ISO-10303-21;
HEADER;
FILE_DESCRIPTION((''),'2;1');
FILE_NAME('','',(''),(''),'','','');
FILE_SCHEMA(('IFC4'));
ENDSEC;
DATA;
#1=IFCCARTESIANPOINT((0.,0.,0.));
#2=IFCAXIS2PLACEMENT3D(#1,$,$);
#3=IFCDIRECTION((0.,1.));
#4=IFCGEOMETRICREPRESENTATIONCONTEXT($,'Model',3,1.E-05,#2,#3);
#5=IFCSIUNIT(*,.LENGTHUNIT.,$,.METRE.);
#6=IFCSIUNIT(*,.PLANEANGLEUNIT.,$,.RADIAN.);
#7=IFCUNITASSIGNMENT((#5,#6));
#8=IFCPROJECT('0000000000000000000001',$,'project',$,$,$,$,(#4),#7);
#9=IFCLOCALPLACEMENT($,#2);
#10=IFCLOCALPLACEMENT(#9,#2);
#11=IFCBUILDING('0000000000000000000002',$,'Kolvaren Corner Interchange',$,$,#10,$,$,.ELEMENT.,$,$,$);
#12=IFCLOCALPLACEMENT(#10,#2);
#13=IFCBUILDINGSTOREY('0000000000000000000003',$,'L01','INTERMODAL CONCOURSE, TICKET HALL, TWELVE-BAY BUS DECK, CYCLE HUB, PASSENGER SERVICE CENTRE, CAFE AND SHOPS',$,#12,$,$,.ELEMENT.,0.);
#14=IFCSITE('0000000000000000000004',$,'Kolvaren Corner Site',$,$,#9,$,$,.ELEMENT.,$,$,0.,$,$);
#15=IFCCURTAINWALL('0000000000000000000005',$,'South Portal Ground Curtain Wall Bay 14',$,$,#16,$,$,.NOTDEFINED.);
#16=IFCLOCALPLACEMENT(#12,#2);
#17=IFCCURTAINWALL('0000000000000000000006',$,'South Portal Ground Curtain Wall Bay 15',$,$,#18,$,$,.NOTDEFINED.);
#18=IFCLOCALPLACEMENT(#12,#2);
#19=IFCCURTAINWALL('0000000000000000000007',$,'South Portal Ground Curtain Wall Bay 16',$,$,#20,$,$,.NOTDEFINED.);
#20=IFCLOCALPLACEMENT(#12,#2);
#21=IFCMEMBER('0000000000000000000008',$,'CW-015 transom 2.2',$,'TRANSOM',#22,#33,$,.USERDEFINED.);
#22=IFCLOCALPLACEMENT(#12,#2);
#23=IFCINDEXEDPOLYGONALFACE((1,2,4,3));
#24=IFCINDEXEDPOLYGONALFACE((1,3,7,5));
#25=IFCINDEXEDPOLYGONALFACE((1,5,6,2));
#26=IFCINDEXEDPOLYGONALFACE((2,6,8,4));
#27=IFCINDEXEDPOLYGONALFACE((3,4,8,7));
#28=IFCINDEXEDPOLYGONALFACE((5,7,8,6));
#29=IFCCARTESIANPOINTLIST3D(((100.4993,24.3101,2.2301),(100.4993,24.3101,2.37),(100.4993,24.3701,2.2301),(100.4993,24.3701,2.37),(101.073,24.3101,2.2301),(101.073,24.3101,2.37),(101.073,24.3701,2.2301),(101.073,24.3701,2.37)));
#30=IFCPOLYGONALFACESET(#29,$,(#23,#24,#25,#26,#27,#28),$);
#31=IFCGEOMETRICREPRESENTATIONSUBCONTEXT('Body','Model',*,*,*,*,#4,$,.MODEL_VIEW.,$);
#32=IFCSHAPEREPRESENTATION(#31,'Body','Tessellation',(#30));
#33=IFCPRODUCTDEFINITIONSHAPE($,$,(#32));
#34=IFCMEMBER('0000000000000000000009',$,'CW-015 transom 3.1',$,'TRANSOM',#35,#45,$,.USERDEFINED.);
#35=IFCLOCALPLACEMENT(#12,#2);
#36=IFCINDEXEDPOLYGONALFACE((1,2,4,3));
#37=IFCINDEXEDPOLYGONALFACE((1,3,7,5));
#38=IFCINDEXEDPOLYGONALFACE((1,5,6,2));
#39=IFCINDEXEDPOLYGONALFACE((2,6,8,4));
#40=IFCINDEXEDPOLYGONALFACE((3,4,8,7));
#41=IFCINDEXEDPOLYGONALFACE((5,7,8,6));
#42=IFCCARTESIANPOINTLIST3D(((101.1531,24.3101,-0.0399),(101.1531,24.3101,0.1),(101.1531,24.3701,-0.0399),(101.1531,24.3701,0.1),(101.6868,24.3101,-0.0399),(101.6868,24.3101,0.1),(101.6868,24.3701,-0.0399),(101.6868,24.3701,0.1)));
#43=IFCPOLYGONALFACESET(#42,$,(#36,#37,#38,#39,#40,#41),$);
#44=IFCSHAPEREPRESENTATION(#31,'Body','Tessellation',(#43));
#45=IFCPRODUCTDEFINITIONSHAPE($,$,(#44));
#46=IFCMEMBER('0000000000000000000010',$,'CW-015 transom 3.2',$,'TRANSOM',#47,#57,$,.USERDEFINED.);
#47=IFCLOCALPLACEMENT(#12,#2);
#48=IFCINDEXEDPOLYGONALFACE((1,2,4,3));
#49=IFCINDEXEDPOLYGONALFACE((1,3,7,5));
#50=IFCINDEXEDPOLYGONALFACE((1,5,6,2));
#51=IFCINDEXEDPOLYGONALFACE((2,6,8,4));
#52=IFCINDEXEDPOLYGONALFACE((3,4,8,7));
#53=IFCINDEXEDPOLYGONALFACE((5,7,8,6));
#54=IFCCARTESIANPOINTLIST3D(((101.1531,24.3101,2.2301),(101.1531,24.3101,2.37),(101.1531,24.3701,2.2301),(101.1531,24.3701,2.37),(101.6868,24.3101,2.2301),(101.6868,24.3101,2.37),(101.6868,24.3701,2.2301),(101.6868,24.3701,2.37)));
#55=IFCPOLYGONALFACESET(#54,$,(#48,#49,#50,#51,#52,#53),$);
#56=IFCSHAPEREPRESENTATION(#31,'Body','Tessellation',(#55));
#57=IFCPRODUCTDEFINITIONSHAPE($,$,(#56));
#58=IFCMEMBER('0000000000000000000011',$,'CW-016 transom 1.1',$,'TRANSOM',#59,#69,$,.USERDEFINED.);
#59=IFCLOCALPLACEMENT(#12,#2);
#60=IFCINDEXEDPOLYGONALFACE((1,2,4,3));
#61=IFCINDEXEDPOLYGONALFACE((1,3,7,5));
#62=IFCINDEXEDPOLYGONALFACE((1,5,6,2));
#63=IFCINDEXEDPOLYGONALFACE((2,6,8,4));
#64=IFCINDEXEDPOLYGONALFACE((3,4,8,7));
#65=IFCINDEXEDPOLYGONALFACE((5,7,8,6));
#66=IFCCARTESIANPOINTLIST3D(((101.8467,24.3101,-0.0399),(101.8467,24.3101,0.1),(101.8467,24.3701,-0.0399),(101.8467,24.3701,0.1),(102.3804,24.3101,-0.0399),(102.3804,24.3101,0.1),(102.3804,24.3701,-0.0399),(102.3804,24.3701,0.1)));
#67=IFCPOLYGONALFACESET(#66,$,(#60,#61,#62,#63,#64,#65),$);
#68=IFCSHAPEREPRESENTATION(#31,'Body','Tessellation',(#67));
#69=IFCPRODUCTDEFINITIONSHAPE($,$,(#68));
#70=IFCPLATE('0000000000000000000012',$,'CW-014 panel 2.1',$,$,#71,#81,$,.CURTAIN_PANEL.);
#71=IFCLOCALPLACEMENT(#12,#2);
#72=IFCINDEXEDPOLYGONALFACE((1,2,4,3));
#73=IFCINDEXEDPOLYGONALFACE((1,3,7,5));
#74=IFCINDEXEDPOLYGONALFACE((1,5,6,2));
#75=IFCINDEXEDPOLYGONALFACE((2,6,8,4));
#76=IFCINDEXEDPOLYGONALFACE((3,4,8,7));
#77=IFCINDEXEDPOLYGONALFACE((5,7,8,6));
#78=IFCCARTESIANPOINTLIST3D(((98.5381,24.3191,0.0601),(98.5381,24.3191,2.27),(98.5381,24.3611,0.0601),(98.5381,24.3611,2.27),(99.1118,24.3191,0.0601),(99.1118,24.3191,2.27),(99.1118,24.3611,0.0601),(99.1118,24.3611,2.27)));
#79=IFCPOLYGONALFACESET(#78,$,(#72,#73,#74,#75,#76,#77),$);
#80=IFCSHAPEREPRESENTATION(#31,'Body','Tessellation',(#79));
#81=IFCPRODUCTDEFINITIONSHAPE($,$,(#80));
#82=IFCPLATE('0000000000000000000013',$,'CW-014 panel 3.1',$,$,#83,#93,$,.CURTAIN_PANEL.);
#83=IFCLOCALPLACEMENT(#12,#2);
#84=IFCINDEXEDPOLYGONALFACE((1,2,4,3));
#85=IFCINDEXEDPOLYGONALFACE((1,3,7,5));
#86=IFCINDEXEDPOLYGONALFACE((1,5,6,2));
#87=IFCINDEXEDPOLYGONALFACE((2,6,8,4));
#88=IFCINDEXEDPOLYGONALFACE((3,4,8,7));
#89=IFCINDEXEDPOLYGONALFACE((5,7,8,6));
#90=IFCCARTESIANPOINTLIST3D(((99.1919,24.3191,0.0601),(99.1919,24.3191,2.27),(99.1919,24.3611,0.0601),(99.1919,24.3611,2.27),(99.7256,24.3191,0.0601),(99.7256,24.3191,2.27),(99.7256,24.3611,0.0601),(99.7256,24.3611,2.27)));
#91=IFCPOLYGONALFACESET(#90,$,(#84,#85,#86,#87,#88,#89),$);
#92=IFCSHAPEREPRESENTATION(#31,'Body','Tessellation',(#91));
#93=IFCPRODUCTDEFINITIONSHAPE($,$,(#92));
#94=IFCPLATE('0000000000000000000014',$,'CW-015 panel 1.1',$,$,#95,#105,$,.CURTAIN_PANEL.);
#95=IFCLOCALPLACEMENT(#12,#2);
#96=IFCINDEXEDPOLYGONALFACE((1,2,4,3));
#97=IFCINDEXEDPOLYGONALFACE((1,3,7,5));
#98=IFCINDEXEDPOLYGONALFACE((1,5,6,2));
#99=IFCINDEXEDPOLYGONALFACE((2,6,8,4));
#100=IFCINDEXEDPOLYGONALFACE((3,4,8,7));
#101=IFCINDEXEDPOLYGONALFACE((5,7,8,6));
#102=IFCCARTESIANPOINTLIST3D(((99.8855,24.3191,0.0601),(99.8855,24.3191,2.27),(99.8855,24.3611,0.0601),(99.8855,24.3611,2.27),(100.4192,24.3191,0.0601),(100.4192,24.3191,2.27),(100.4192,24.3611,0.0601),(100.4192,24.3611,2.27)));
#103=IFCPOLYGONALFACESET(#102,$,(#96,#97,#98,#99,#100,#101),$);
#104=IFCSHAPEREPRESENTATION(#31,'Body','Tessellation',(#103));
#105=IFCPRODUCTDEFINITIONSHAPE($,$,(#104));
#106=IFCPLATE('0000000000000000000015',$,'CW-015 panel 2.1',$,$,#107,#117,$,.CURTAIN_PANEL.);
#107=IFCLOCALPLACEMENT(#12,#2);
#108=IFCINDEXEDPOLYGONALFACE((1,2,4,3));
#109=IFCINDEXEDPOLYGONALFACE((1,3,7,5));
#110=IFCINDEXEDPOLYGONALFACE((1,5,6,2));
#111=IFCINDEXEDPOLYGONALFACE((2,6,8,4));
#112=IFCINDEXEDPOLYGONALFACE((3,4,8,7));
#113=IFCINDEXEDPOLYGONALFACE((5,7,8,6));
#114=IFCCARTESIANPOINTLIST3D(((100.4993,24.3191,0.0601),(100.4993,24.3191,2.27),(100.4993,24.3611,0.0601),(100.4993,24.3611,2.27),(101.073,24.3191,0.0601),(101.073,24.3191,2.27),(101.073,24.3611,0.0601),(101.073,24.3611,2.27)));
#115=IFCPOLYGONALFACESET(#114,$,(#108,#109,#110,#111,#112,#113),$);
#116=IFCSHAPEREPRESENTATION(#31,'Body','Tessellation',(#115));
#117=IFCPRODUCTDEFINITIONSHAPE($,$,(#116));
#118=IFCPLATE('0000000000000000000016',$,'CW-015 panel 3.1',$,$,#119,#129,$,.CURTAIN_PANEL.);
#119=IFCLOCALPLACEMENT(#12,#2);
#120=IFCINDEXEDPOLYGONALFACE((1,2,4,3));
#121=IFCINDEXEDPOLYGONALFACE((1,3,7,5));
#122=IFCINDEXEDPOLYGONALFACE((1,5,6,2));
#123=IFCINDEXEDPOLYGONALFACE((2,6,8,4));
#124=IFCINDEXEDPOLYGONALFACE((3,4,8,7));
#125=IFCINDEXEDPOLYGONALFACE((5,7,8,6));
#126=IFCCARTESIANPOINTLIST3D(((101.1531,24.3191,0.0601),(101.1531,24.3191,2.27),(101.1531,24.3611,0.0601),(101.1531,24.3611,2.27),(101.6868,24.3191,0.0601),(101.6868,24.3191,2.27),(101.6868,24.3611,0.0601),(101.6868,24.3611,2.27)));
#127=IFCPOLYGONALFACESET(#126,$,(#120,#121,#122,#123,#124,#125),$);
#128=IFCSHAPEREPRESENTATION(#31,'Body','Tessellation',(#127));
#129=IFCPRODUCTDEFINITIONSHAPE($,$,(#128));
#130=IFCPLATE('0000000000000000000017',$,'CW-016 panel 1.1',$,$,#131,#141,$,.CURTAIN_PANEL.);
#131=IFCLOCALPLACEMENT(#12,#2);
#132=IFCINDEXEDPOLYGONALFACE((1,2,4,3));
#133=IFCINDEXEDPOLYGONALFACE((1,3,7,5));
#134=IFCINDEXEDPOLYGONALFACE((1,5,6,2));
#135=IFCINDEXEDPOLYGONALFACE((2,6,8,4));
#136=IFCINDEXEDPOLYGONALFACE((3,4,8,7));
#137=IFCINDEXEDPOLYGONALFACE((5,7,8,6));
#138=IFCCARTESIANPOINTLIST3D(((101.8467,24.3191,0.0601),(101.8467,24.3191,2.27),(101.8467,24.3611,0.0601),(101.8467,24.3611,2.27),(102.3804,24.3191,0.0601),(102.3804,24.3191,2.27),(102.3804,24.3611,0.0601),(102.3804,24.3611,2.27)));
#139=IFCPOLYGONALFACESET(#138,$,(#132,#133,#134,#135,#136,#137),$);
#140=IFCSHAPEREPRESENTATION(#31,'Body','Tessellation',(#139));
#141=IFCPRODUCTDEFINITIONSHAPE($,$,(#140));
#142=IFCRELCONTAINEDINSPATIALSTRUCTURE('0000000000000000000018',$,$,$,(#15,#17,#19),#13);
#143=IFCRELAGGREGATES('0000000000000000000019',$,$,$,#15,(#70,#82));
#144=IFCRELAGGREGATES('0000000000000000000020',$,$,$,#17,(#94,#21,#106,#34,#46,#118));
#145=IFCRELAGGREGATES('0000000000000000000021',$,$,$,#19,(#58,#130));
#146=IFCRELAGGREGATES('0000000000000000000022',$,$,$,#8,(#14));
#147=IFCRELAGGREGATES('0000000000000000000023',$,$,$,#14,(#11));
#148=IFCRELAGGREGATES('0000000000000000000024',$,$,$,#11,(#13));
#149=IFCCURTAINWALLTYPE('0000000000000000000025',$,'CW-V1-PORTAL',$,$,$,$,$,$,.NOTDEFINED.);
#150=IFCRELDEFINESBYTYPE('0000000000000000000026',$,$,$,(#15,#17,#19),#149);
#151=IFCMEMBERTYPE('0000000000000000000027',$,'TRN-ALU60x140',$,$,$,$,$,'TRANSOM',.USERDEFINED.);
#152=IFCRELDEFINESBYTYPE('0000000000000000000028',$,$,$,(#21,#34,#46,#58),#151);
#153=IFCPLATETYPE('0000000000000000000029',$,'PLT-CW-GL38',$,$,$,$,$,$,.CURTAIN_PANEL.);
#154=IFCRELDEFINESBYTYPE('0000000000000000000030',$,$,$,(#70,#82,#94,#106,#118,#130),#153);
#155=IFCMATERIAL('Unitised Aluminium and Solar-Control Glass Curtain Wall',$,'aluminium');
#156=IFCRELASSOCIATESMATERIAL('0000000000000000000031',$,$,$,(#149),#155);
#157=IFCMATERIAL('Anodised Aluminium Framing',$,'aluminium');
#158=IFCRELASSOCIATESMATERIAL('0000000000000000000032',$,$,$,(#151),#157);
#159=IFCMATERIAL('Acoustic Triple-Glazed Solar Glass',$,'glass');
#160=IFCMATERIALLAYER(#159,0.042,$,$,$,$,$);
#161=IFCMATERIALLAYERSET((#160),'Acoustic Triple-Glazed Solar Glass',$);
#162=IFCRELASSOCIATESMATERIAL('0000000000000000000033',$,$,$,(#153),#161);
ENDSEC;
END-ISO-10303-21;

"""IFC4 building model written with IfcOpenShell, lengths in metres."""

from ifc_helpers import new_model, si_unit, direction, frame, origin, origin_2d, place, context, subcontext, project, spatial, rectangle, extrude, material, layer, layer_set, material_profile, profile_set, type_object, element, aggregate, save


model = new_model("IFC4")

# Units and contexts
model_context = context("Model", 3, precision=1e-05, world=origin(), true_north=direction((0.0, 1.0)))
body_context = subcontext(model_context, "Body", "Model", "MODEL_VIEW")
ifc_project = project(units=[si_unit("LENGTHUNIT", "METRE"), si_unit("PLANEANGLEUNIT", "RADIAN")], contexts=[model_context])

# Site, building, storey
site_placement = place(None, origin())
site = spatial("IfcSite", under=ifc_project, at=site_placement, Name="Kolvaren Corner Site", CompositionType="ELEMENT", RefElevation=0.0)
building_placement = place(site_placement, origin())
building = spatial("IfcBuilding", under=site, at=building_placement, Name="Kolvaren Corner Interchange", CompositionType="ELEMENT")
storey_placement = place(building_placement, origin())
storey = spatial("IfcBuildingStorey", under=building, at=storey_placement, Name="L01", Description="INTERMODAL CONCOURSE, TICKET HALL, TWELVE-BAY BUS DECK, CYCLE HUB, PASSENGER SERVICE CENTRE, CAFE AND SHOPS", CompositionType="ELEMENT", Elevation=0.0)

# Curtain walls
ifc_material_1 = material(Name="Unitised Aluminium and Solar-Control Glass Curtain Wall", Category="aluminium")
curtain_wall_type = type_object("IfcCurtainWallType", Name="CW-V1-PORTAL", PredefinedType="NOTDEFINED", material=ifc_material_1)
curtain_wall_1_placement = place(storey_placement, origin())
curtain_wall_1 = element("IfcCurtainWall", 1, at=curtain_wall_1_placement, inside=storey, type_object=curtain_wall_type, Name="South Portal Ground Curtain Wall Bay 14", PredefinedType="NOTDEFINED")
curtain_wall_2_placement = place(storey_placement, origin())
curtain_wall_2 = element("IfcCurtainWall", 2, at=curtain_wall_2_placement, inside=storey, type_object=curtain_wall_type, Name="South Portal Ground Curtain Wall Bay 15", PredefinedType="NOTDEFINED")

# Curtain wall
curtain_wall_3_placement = place(storey_placement, origin())
curtain_wall_3 = element("IfcCurtainWall", 3, at=curtain_wall_3_placement, inside=storey, type_object=curtain_wall_type, Name="South Portal Ground Curtain Wall Bay 16", PredefinedType="NOTDEFINED")

# Members
ifc_material_2 = material(Name="Anodised Aluminium Framing", Category="aluminium")
ifc_material_profile_1 = material_profile(ifc_material_2, rectangle(XDim=0.0601, YDim=0.1399, at=origin_2d()), Name="ALU 60x140")
ifc_profile_set_1 = profile_set([ifc_material_profile_1], Name="Anodised Aluminium Framing")
member_type_1 = type_object("IfcMemberType", Name="TRN-ALU60x140", ElementType="TRANSOM", PredefinedType="USERDEFINED", material=ifc_profile_set_1)
member_1_placement = place(storey_placement, frame((100.4993, 24.3401, 2.3), z_axis=(1.0, 0.0, 0.0), x_axis=(0.0, 1.0, 0.0)))
member_1 = element("IfcMember", 4, at=member_1_placement, type_object=member_type_1, Name="CW-015 transom 2.2", ObjectType="TRANSOM", PredefinedType="USERDEFINED", context=body_context, shape_type="SweptSolid", body=[
    extrude(rectangle(XDim=0.0601, YDim=0.1399, at=origin_2d()), origin(), (0.0, 0.0, 1.0), 0.5737),
])
member_2_placement = place(storey_placement, frame((101.1531, 24.3401, 0.03), z_axis=(1.0, 0.0, 0.0), x_axis=(0.0, 1.0, 0.0)))
member_2 = element("IfcMember", 5, at=member_2_placement, type_object=member_type_1, Name="CW-015 transom 3.1", ObjectType="TRANSOM", PredefinedType="USERDEFINED", context=body_context, shape_type="SweptSolid", body=[
    extrude(rectangle(XDim=0.0601, YDim=0.1399, at=origin_2d()), origin(), (0.0, 0.0, 1.0), 0.5337),
])
member_3_placement = place(storey_placement, frame((101.1531, 24.3401, 2.3), z_axis=(1.0, 0.0, 0.0), x_axis=(0.0, 1.0, 0.0)))
member_3 = element("IfcMember", 6, at=member_3_placement, type_object=member_type_1, Name="CW-015 transom 3.2", ObjectType="TRANSOM", PredefinedType="USERDEFINED", context=body_context, shape_type="SweptSolid", body=[
    extrude(rectangle(XDim=0.0601, YDim=0.1399, at=origin_2d()), origin(), (0.0, 0.0, 1.0), 0.5337),
])
member_4_placement = place(storey_placement, frame((101.8467, 24.3401, 0.03), z_axis=(1.0, 0.0, 0.0), x_axis=(0.0, 1.0, 0.0)))
member_4 = element("IfcMember", 7, at=member_4_placement, type_object=member_type_1, Name="CW-016 transom 1.1", ObjectType="TRANSOM", PredefinedType="USERDEFINED", context=body_context, shape_type="SweptSolid", body=[
    extrude(rectangle(XDim=0.0601, YDim=0.1399, at=origin_2d()), origin(), (0.0, 0.0, 1.0), 0.5337),
])

# Plates
ifc_material_3 = material(Name="Acoustic Triple-Glazed Solar Glass", Category="glass")
ifc_layer = layer(ifc_material_3, 0.042)
ifc_layer_set = layer_set([ifc_layer], Name="Acoustic Triple-Glazed Solar Glass")
plate_type = type_object("IfcPlateType", Name="PLT-CW-GL38", PredefinedType="CURTAIN_PANEL", material=ifc_layer_set)
plate_1_placement = place(storey_placement, frame((98.825, 24.3401, 0.0601), z_axis=(0.0, 0.0, 1.0), x_axis=(1.0, 0.0, 0.0)))
plate_1 = element("IfcPlate", 8, at=plate_1_placement, type_object=plate_type, Name="CW-014 panel 2.1", PredefinedType="CURTAIN_PANEL", context=body_context, shape_type="SweptSolid", body=[
    extrude(rectangle(XDim=0.5737, YDim=0.042, at=origin_2d()), origin(), (0.0, 0.0, 1.0), 2.21),
])
plate_2_placement = place(storey_placement, frame((99.4587, 24.3401, 0.0601), z_axis=(0.0, 0.0, 1.0), x_axis=(1.0, 0.0, 0.0)))
plate_2 = element("IfcPlate", 9, at=plate_2_placement, type_object=plate_type, Name="CW-014 panel 3.1", PredefinedType="CURTAIN_PANEL", context=body_context, shape_type="SweptSolid", body=[
    extrude(rectangle(XDim=0.5337, YDim=0.042, at=origin_2d()), origin(), (0.0, 0.0, 1.0), 2.21),
])
aggregate(curtain_wall_1, [plate_1, plate_2])
plate_3_placement = place(storey_placement, frame((100.1523, 24.3401, 0.0601), z_axis=(0.0, 0.0, 1.0), x_axis=(1.0, 0.0, 0.0)))
plate_3 = element("IfcPlate", 10, at=plate_3_placement, type_object=plate_type, Name="CW-015 panel 1.1", PredefinedType="CURTAIN_PANEL", context=body_context, shape_type="SweptSolid", body=[
    extrude(rectangle(XDim=0.5337, YDim=0.042, at=origin_2d()), origin(), (0.0, 0.0, 1.0), 2.21),
])
plate_4_placement = place(storey_placement, frame((100.7861, 24.3401, 0.0601), z_axis=(0.0, 0.0, 1.0), x_axis=(1.0, 0.0, 0.0)))
plate_4 = element("IfcPlate", 11, at=plate_4_placement, type_object=plate_type, Name="CW-015 panel 2.1", PredefinedType="CURTAIN_PANEL", context=body_context, shape_type="SweptSolid", body=[
    extrude(rectangle(XDim=0.5737, YDim=0.042, at=origin_2d()), origin(), (0.0, 0.0, 1.0), 2.21),
])
plate_5_placement = place(storey_placement, frame((101.4199, 24.3401, 0.0601), z_axis=(0.0, 0.0, 1.0), x_axis=(1.0, 0.0, 0.0)))
plate_5 = element("IfcPlate", 12, at=plate_5_placement, type_object=plate_type, Name="CW-015 panel 3.1", PredefinedType="CURTAIN_PANEL", context=body_context, shape_type="SweptSolid", body=[
    extrude(rectangle(XDim=0.5337, YDim=0.042, at=origin_2d()), origin(), (0.0, 0.0, 1.0), 2.21),
])
aggregate(curtain_wall_2, [plate_3, member_1, plate_4, member_2, member_3, plate_5])
plate_6_placement = place(storey_placement, frame((102.1135, 24.3401, 0.0601), z_axis=(0.0, 0.0, 1.0), x_axis=(1.0, 0.0, 0.0)))
plate_6 = element("IfcPlate", 13, at=plate_6_placement, type_object=plate_type, Name="CW-016 panel 1.1", PredefinedType="CURTAIN_PANEL", context=body_context, shape_type="SweptSolid", body=[
    extrude(rectangle(XDim=0.5337, YDim=0.042, at=origin_2d()), origin(), (0.0, 0.0, 1.0), 2.21),
])
aggregate(curtain_wall_3, [member_4, plate_6])

save(model, "model.ifc")
